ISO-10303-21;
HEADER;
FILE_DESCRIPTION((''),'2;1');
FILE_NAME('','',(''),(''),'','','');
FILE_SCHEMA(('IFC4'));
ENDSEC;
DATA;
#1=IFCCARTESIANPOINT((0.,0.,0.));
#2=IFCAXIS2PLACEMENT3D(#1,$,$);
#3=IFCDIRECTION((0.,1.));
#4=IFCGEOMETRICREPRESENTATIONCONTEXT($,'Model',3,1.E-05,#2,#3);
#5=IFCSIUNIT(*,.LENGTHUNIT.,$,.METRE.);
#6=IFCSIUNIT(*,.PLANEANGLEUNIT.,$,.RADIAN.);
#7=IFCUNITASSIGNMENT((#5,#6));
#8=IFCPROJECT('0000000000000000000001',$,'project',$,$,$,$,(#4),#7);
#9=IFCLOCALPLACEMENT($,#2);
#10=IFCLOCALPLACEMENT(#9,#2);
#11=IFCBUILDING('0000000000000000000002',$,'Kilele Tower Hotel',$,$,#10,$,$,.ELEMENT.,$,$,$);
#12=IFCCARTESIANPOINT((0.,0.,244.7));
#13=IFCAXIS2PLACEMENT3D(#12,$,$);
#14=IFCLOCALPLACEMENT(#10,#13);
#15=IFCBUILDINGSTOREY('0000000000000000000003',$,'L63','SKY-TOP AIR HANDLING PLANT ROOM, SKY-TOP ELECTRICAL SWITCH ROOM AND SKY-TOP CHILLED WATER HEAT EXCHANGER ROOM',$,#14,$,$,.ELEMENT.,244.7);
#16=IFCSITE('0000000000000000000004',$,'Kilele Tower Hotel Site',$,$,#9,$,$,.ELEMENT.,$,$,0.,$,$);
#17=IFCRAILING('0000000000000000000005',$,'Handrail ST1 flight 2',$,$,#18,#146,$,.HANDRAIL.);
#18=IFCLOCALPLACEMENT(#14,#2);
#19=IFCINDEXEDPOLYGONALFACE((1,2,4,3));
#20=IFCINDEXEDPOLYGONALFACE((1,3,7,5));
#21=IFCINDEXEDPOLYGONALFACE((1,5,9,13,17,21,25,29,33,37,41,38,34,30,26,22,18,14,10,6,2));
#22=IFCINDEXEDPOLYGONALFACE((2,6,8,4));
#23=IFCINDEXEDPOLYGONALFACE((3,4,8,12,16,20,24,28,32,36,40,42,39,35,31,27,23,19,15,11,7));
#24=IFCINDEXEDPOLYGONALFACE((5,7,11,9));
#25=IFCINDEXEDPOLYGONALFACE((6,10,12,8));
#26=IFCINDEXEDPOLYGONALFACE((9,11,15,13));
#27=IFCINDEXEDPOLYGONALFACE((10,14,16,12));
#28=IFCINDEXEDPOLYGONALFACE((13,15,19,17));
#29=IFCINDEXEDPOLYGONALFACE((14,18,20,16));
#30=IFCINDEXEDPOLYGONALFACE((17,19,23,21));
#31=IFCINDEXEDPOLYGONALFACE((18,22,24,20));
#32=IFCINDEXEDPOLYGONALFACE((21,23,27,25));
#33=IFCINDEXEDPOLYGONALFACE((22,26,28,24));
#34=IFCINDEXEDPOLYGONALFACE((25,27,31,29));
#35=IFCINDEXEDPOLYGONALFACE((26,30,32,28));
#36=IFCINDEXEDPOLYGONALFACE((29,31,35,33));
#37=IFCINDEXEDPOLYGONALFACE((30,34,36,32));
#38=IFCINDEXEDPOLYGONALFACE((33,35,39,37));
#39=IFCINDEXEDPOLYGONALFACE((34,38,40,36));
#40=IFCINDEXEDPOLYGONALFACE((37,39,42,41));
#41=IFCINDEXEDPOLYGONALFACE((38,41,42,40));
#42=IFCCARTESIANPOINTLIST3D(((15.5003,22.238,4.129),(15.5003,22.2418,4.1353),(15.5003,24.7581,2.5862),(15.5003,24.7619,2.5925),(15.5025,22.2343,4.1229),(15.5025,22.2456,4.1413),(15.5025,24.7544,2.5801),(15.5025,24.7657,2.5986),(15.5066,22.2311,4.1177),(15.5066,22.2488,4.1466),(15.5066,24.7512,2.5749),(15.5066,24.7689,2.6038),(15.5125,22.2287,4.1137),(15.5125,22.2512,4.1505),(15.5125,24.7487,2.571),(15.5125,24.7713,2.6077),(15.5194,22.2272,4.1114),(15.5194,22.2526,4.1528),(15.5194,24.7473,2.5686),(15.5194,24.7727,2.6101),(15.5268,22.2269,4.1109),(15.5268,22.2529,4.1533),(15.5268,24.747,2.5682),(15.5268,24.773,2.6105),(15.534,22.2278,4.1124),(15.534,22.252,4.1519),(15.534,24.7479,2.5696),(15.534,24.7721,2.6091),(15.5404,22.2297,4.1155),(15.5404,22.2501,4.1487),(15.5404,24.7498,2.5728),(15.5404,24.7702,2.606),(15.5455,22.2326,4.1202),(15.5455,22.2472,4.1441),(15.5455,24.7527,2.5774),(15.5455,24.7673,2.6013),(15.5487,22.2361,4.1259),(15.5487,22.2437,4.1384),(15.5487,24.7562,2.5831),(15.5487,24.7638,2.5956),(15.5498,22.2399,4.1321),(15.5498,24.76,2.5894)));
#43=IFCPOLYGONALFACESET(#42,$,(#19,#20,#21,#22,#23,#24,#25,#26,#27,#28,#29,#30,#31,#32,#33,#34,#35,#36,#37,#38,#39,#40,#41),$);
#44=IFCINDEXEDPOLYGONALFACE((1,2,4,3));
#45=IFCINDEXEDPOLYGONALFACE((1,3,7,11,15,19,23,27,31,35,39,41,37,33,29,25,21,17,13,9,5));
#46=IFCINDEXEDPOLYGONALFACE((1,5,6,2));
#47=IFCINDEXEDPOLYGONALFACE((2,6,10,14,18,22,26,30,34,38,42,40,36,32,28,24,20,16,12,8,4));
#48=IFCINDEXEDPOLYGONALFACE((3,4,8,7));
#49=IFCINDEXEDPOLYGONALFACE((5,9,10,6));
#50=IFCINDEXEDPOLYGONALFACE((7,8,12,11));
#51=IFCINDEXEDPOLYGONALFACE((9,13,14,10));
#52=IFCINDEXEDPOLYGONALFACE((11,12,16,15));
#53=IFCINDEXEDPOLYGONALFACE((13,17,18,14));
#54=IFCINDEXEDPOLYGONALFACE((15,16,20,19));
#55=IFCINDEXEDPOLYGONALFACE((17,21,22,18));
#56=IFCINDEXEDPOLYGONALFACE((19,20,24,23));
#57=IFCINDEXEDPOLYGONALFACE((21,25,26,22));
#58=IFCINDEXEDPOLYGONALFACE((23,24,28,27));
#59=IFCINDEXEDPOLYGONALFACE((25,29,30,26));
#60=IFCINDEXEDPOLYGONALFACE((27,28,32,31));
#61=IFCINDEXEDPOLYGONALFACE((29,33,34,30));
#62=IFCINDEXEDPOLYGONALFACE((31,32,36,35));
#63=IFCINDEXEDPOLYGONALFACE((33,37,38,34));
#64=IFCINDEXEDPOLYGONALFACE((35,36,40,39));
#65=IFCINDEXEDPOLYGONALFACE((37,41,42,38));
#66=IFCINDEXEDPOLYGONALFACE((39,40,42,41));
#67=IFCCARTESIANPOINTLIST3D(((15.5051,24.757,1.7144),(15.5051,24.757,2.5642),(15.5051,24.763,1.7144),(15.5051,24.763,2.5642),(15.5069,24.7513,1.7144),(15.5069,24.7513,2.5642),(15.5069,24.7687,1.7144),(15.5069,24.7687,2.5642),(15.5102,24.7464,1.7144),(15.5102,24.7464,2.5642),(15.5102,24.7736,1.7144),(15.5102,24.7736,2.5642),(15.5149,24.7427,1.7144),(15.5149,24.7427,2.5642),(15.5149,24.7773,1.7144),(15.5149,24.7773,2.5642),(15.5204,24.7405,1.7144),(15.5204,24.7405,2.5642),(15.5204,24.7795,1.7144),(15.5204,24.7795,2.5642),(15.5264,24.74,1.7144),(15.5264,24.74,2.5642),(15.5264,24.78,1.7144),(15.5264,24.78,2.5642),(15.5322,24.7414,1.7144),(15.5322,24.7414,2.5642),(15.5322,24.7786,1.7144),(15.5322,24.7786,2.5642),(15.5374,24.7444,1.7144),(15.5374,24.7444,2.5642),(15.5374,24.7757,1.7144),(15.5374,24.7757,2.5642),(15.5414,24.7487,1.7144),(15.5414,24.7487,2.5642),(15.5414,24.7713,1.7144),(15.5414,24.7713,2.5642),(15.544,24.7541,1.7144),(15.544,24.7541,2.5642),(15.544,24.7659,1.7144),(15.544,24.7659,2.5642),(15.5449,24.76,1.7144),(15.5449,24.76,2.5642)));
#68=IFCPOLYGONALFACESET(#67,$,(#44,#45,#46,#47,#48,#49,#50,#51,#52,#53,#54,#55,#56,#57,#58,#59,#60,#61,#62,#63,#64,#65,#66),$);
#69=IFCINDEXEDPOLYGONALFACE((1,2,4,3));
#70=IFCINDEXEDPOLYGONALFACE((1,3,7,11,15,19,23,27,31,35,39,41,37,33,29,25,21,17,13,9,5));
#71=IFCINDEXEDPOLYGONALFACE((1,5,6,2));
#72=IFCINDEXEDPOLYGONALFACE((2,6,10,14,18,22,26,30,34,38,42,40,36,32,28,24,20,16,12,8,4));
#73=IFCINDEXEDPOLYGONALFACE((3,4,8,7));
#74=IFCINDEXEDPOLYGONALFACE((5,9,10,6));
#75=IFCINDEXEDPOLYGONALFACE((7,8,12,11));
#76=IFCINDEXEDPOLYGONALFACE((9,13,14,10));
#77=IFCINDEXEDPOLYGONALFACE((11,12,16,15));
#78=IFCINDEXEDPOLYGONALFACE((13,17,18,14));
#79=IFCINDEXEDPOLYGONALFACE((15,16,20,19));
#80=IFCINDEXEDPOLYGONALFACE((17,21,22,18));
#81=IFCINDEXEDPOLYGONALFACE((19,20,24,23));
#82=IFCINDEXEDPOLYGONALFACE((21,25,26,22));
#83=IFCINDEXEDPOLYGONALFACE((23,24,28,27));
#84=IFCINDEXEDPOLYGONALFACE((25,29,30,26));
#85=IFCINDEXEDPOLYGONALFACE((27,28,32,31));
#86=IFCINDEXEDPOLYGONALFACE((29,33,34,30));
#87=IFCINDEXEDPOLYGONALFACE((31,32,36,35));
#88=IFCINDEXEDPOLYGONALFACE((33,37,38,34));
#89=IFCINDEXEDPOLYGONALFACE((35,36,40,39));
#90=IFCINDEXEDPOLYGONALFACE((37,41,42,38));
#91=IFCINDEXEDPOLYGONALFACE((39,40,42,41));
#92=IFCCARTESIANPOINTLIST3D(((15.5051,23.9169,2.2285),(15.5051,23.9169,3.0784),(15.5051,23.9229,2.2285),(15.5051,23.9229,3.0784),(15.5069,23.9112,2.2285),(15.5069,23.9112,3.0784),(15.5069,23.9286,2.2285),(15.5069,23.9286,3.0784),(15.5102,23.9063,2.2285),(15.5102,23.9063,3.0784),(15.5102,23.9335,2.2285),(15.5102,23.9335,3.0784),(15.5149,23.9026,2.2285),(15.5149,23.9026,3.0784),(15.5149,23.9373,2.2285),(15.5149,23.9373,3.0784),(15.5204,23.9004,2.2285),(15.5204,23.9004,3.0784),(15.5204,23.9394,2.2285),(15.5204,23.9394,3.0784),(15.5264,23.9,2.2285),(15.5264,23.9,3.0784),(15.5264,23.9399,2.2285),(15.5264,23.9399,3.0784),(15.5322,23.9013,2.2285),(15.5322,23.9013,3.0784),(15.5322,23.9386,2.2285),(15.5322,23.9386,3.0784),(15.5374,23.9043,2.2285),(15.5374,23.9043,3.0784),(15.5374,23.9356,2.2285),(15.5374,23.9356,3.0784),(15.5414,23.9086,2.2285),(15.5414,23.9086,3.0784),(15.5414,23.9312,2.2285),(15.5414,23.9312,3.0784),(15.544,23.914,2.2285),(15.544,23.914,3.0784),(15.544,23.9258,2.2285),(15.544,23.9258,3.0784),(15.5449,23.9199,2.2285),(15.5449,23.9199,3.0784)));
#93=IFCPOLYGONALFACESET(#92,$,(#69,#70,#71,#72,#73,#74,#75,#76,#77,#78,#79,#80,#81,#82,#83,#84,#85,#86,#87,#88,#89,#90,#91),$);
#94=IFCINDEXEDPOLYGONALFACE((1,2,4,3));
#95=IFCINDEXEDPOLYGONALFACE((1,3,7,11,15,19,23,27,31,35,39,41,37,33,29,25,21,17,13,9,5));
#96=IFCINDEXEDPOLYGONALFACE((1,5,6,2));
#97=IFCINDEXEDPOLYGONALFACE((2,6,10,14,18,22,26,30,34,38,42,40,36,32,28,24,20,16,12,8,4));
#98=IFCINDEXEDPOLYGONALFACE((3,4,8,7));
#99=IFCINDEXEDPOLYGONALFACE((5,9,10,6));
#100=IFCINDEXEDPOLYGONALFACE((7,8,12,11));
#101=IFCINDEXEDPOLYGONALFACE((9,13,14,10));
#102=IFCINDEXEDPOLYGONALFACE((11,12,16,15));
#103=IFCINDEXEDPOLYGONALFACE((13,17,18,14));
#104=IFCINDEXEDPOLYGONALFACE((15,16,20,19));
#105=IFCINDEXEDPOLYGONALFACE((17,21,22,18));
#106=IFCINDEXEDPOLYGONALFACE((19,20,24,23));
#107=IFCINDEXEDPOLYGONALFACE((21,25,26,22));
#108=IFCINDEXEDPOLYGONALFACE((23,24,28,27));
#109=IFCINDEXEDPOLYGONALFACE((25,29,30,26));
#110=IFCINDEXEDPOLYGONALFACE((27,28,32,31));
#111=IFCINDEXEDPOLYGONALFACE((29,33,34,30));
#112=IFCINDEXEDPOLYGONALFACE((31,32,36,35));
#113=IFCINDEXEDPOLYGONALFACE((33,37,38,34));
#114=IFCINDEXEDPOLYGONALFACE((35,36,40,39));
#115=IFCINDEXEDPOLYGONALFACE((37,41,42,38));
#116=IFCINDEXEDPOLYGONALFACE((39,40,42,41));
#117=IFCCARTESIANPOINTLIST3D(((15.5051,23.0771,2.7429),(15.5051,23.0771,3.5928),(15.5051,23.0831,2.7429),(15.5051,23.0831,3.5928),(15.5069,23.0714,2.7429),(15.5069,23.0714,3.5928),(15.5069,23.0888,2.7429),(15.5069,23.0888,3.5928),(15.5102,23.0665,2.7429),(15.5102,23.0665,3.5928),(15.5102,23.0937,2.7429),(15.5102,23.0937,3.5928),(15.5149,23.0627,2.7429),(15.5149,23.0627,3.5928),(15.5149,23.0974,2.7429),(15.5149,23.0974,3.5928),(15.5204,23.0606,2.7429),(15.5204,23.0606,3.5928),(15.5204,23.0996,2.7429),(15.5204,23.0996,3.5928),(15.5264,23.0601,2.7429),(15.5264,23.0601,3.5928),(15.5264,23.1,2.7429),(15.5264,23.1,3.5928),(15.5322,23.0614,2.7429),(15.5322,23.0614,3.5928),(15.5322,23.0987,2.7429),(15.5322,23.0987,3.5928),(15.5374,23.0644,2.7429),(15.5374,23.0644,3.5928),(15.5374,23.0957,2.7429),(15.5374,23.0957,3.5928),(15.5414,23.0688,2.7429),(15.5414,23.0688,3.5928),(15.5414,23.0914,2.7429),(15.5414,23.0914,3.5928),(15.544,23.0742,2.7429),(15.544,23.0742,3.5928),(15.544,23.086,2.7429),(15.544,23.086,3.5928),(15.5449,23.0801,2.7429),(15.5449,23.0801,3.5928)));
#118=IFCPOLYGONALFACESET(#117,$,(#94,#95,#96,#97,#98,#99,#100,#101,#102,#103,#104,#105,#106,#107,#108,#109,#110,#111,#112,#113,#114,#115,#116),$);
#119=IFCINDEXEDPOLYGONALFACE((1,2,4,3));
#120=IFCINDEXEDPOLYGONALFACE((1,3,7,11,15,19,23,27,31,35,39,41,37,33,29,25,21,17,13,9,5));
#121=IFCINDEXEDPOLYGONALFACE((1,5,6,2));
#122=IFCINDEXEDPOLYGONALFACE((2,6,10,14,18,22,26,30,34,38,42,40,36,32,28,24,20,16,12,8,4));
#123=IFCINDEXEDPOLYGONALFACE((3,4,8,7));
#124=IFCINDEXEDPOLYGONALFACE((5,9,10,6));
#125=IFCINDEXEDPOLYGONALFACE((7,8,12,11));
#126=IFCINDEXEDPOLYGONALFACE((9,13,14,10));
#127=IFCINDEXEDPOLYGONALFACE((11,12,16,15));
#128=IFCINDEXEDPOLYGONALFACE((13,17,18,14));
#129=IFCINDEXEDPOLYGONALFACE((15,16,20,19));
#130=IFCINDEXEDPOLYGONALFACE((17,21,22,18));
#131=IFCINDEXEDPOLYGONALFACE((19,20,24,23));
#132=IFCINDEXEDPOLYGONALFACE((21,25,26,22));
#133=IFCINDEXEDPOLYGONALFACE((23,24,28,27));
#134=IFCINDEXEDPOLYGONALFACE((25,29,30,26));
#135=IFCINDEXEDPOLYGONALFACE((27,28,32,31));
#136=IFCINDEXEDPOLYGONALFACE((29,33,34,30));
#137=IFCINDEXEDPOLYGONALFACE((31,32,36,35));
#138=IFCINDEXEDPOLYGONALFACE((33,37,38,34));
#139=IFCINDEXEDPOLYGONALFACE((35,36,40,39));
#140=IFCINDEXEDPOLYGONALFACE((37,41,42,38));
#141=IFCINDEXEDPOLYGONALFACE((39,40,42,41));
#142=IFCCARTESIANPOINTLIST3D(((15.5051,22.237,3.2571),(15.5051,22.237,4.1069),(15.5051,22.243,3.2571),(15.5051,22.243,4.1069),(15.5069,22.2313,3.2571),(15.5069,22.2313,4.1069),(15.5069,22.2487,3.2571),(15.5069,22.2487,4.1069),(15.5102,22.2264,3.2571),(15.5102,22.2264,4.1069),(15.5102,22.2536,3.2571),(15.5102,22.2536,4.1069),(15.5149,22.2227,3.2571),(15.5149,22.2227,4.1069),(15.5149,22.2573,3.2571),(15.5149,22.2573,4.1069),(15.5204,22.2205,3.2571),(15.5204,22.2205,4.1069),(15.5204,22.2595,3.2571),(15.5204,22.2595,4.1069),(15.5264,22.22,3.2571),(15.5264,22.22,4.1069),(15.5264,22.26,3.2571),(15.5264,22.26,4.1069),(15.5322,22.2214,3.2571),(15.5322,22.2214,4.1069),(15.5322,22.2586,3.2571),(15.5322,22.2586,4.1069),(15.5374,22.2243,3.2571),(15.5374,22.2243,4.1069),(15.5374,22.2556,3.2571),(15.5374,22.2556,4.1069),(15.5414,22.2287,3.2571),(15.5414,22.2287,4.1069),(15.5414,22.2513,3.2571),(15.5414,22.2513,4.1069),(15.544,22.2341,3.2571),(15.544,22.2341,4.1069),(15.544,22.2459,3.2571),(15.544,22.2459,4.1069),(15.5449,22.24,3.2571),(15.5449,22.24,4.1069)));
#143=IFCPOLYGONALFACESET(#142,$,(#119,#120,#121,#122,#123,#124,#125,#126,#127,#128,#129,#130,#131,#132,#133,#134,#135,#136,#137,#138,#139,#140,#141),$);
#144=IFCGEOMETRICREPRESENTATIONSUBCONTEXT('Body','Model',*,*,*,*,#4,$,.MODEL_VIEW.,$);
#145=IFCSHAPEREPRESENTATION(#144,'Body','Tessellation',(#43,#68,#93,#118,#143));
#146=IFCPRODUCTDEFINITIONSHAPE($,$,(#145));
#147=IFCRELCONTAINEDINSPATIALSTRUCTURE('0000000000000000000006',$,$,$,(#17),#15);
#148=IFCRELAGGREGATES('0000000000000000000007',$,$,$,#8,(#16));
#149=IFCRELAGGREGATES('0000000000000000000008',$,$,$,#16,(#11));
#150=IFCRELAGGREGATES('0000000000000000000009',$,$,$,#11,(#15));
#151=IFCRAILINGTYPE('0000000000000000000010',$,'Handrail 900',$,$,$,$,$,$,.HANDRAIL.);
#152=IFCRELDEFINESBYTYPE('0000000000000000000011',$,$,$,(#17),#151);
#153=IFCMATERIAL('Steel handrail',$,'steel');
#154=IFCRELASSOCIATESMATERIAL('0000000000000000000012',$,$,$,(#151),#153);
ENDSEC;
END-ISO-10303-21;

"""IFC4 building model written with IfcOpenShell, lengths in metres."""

from ifc_helpers import new_model, si_unit, direction, frame, origin, origin_2d, place, context, subcontext, project, spatial, circle, extrude, material, type_object, element, save


model = new_model("IFC4")

# Units and contexts
model_context = context("Model", 3, precision=1e-05, world=origin(), true_north=direction((0.0, 1.0)))
body_context = subcontext(model_context, "Body", "Model", "MODEL_VIEW")
ifc_project = project(units=[si_unit("LENGTHUNIT", "METRE"), si_unit("PLANEANGLEUNIT", "RADIAN")], contexts=[model_context])

# Site, building, storey
site_placement = place(None, origin())
site = spatial("IfcSite", under=ifc_project, at=site_placement, Name="Kilele Tower Hotel Site", CompositionType="ELEMENT", RefElevation=0.0)
building_placement = place(site_placement, origin())
building = spatial("IfcBuilding", under=site, at=building_placement, Name="Kilele Tower Hotel", CompositionType="ELEMENT")
storey_placement = place(building_placement, frame((0.0, 0.0, 244.7)))
storey = spatial("IfcBuildingStorey", under=building, at=storey_placement, Name="L63", Description="SKY-TOP AIR HANDLING PLANT ROOM, SKY-TOP ELECTRICAL SWITCH ROOM AND SKY-TOP CHILLED WATER HEAT EXCHANGER ROOM", CompositionType="ELEMENT", Elevation=244.7)

# Railing
ifc_material_1 = material(Name="Steel handrail", Category="steel")
railing_type_1 = type_object("IfcRailingType", Name="Handrail 900", PredefinedType="HANDRAIL", material=ifc_material_1)
for number, where, name in (
    (1, (15.5249, 24.76, 1.7144), "Handrail ST1 flight 2"),
):
    element("IfcRailing", number, at=place(storey_placement, frame(where)), inside=storey, type_object=railing_type_1, Name=name, PredefinedType="HANDRAIL", context=body_context, shape_type="SweptSolid", body=[
        extrude(circle(Radius=0.0249, at=origin_2d()), frame((0.0, 0.0, 0.875), z_axis=(0.0, -0.852873, 0.522118), x_axis=(1.0, 0.0, 0.0)), (0.0, 0.0, 1.0), 2.9548),
        extrude(circle(Radius=0.02, at=origin_2d()), origin(), (0.0, 0.0, 1.0), 0.8499),
        extrude(circle(Radius=0.02, at=origin_2d()), frame((0.0, -0.8401, 0.5142)), (0.0, 0.0, 1.0), 0.8499),
        extrude(circle(Radius=0.02, at=origin_2d()), frame((0.0, -1.6799, 1.0286)), (0.0, 0.0, 1.0), 0.8499),
        extrude(circle(Radius=0.02, at=origin_2d()), frame((0.0, -2.52, 1.5427)), (0.0, 0.0, 1.0), 0.8499),
    ])

save(model, "model.ifc")
